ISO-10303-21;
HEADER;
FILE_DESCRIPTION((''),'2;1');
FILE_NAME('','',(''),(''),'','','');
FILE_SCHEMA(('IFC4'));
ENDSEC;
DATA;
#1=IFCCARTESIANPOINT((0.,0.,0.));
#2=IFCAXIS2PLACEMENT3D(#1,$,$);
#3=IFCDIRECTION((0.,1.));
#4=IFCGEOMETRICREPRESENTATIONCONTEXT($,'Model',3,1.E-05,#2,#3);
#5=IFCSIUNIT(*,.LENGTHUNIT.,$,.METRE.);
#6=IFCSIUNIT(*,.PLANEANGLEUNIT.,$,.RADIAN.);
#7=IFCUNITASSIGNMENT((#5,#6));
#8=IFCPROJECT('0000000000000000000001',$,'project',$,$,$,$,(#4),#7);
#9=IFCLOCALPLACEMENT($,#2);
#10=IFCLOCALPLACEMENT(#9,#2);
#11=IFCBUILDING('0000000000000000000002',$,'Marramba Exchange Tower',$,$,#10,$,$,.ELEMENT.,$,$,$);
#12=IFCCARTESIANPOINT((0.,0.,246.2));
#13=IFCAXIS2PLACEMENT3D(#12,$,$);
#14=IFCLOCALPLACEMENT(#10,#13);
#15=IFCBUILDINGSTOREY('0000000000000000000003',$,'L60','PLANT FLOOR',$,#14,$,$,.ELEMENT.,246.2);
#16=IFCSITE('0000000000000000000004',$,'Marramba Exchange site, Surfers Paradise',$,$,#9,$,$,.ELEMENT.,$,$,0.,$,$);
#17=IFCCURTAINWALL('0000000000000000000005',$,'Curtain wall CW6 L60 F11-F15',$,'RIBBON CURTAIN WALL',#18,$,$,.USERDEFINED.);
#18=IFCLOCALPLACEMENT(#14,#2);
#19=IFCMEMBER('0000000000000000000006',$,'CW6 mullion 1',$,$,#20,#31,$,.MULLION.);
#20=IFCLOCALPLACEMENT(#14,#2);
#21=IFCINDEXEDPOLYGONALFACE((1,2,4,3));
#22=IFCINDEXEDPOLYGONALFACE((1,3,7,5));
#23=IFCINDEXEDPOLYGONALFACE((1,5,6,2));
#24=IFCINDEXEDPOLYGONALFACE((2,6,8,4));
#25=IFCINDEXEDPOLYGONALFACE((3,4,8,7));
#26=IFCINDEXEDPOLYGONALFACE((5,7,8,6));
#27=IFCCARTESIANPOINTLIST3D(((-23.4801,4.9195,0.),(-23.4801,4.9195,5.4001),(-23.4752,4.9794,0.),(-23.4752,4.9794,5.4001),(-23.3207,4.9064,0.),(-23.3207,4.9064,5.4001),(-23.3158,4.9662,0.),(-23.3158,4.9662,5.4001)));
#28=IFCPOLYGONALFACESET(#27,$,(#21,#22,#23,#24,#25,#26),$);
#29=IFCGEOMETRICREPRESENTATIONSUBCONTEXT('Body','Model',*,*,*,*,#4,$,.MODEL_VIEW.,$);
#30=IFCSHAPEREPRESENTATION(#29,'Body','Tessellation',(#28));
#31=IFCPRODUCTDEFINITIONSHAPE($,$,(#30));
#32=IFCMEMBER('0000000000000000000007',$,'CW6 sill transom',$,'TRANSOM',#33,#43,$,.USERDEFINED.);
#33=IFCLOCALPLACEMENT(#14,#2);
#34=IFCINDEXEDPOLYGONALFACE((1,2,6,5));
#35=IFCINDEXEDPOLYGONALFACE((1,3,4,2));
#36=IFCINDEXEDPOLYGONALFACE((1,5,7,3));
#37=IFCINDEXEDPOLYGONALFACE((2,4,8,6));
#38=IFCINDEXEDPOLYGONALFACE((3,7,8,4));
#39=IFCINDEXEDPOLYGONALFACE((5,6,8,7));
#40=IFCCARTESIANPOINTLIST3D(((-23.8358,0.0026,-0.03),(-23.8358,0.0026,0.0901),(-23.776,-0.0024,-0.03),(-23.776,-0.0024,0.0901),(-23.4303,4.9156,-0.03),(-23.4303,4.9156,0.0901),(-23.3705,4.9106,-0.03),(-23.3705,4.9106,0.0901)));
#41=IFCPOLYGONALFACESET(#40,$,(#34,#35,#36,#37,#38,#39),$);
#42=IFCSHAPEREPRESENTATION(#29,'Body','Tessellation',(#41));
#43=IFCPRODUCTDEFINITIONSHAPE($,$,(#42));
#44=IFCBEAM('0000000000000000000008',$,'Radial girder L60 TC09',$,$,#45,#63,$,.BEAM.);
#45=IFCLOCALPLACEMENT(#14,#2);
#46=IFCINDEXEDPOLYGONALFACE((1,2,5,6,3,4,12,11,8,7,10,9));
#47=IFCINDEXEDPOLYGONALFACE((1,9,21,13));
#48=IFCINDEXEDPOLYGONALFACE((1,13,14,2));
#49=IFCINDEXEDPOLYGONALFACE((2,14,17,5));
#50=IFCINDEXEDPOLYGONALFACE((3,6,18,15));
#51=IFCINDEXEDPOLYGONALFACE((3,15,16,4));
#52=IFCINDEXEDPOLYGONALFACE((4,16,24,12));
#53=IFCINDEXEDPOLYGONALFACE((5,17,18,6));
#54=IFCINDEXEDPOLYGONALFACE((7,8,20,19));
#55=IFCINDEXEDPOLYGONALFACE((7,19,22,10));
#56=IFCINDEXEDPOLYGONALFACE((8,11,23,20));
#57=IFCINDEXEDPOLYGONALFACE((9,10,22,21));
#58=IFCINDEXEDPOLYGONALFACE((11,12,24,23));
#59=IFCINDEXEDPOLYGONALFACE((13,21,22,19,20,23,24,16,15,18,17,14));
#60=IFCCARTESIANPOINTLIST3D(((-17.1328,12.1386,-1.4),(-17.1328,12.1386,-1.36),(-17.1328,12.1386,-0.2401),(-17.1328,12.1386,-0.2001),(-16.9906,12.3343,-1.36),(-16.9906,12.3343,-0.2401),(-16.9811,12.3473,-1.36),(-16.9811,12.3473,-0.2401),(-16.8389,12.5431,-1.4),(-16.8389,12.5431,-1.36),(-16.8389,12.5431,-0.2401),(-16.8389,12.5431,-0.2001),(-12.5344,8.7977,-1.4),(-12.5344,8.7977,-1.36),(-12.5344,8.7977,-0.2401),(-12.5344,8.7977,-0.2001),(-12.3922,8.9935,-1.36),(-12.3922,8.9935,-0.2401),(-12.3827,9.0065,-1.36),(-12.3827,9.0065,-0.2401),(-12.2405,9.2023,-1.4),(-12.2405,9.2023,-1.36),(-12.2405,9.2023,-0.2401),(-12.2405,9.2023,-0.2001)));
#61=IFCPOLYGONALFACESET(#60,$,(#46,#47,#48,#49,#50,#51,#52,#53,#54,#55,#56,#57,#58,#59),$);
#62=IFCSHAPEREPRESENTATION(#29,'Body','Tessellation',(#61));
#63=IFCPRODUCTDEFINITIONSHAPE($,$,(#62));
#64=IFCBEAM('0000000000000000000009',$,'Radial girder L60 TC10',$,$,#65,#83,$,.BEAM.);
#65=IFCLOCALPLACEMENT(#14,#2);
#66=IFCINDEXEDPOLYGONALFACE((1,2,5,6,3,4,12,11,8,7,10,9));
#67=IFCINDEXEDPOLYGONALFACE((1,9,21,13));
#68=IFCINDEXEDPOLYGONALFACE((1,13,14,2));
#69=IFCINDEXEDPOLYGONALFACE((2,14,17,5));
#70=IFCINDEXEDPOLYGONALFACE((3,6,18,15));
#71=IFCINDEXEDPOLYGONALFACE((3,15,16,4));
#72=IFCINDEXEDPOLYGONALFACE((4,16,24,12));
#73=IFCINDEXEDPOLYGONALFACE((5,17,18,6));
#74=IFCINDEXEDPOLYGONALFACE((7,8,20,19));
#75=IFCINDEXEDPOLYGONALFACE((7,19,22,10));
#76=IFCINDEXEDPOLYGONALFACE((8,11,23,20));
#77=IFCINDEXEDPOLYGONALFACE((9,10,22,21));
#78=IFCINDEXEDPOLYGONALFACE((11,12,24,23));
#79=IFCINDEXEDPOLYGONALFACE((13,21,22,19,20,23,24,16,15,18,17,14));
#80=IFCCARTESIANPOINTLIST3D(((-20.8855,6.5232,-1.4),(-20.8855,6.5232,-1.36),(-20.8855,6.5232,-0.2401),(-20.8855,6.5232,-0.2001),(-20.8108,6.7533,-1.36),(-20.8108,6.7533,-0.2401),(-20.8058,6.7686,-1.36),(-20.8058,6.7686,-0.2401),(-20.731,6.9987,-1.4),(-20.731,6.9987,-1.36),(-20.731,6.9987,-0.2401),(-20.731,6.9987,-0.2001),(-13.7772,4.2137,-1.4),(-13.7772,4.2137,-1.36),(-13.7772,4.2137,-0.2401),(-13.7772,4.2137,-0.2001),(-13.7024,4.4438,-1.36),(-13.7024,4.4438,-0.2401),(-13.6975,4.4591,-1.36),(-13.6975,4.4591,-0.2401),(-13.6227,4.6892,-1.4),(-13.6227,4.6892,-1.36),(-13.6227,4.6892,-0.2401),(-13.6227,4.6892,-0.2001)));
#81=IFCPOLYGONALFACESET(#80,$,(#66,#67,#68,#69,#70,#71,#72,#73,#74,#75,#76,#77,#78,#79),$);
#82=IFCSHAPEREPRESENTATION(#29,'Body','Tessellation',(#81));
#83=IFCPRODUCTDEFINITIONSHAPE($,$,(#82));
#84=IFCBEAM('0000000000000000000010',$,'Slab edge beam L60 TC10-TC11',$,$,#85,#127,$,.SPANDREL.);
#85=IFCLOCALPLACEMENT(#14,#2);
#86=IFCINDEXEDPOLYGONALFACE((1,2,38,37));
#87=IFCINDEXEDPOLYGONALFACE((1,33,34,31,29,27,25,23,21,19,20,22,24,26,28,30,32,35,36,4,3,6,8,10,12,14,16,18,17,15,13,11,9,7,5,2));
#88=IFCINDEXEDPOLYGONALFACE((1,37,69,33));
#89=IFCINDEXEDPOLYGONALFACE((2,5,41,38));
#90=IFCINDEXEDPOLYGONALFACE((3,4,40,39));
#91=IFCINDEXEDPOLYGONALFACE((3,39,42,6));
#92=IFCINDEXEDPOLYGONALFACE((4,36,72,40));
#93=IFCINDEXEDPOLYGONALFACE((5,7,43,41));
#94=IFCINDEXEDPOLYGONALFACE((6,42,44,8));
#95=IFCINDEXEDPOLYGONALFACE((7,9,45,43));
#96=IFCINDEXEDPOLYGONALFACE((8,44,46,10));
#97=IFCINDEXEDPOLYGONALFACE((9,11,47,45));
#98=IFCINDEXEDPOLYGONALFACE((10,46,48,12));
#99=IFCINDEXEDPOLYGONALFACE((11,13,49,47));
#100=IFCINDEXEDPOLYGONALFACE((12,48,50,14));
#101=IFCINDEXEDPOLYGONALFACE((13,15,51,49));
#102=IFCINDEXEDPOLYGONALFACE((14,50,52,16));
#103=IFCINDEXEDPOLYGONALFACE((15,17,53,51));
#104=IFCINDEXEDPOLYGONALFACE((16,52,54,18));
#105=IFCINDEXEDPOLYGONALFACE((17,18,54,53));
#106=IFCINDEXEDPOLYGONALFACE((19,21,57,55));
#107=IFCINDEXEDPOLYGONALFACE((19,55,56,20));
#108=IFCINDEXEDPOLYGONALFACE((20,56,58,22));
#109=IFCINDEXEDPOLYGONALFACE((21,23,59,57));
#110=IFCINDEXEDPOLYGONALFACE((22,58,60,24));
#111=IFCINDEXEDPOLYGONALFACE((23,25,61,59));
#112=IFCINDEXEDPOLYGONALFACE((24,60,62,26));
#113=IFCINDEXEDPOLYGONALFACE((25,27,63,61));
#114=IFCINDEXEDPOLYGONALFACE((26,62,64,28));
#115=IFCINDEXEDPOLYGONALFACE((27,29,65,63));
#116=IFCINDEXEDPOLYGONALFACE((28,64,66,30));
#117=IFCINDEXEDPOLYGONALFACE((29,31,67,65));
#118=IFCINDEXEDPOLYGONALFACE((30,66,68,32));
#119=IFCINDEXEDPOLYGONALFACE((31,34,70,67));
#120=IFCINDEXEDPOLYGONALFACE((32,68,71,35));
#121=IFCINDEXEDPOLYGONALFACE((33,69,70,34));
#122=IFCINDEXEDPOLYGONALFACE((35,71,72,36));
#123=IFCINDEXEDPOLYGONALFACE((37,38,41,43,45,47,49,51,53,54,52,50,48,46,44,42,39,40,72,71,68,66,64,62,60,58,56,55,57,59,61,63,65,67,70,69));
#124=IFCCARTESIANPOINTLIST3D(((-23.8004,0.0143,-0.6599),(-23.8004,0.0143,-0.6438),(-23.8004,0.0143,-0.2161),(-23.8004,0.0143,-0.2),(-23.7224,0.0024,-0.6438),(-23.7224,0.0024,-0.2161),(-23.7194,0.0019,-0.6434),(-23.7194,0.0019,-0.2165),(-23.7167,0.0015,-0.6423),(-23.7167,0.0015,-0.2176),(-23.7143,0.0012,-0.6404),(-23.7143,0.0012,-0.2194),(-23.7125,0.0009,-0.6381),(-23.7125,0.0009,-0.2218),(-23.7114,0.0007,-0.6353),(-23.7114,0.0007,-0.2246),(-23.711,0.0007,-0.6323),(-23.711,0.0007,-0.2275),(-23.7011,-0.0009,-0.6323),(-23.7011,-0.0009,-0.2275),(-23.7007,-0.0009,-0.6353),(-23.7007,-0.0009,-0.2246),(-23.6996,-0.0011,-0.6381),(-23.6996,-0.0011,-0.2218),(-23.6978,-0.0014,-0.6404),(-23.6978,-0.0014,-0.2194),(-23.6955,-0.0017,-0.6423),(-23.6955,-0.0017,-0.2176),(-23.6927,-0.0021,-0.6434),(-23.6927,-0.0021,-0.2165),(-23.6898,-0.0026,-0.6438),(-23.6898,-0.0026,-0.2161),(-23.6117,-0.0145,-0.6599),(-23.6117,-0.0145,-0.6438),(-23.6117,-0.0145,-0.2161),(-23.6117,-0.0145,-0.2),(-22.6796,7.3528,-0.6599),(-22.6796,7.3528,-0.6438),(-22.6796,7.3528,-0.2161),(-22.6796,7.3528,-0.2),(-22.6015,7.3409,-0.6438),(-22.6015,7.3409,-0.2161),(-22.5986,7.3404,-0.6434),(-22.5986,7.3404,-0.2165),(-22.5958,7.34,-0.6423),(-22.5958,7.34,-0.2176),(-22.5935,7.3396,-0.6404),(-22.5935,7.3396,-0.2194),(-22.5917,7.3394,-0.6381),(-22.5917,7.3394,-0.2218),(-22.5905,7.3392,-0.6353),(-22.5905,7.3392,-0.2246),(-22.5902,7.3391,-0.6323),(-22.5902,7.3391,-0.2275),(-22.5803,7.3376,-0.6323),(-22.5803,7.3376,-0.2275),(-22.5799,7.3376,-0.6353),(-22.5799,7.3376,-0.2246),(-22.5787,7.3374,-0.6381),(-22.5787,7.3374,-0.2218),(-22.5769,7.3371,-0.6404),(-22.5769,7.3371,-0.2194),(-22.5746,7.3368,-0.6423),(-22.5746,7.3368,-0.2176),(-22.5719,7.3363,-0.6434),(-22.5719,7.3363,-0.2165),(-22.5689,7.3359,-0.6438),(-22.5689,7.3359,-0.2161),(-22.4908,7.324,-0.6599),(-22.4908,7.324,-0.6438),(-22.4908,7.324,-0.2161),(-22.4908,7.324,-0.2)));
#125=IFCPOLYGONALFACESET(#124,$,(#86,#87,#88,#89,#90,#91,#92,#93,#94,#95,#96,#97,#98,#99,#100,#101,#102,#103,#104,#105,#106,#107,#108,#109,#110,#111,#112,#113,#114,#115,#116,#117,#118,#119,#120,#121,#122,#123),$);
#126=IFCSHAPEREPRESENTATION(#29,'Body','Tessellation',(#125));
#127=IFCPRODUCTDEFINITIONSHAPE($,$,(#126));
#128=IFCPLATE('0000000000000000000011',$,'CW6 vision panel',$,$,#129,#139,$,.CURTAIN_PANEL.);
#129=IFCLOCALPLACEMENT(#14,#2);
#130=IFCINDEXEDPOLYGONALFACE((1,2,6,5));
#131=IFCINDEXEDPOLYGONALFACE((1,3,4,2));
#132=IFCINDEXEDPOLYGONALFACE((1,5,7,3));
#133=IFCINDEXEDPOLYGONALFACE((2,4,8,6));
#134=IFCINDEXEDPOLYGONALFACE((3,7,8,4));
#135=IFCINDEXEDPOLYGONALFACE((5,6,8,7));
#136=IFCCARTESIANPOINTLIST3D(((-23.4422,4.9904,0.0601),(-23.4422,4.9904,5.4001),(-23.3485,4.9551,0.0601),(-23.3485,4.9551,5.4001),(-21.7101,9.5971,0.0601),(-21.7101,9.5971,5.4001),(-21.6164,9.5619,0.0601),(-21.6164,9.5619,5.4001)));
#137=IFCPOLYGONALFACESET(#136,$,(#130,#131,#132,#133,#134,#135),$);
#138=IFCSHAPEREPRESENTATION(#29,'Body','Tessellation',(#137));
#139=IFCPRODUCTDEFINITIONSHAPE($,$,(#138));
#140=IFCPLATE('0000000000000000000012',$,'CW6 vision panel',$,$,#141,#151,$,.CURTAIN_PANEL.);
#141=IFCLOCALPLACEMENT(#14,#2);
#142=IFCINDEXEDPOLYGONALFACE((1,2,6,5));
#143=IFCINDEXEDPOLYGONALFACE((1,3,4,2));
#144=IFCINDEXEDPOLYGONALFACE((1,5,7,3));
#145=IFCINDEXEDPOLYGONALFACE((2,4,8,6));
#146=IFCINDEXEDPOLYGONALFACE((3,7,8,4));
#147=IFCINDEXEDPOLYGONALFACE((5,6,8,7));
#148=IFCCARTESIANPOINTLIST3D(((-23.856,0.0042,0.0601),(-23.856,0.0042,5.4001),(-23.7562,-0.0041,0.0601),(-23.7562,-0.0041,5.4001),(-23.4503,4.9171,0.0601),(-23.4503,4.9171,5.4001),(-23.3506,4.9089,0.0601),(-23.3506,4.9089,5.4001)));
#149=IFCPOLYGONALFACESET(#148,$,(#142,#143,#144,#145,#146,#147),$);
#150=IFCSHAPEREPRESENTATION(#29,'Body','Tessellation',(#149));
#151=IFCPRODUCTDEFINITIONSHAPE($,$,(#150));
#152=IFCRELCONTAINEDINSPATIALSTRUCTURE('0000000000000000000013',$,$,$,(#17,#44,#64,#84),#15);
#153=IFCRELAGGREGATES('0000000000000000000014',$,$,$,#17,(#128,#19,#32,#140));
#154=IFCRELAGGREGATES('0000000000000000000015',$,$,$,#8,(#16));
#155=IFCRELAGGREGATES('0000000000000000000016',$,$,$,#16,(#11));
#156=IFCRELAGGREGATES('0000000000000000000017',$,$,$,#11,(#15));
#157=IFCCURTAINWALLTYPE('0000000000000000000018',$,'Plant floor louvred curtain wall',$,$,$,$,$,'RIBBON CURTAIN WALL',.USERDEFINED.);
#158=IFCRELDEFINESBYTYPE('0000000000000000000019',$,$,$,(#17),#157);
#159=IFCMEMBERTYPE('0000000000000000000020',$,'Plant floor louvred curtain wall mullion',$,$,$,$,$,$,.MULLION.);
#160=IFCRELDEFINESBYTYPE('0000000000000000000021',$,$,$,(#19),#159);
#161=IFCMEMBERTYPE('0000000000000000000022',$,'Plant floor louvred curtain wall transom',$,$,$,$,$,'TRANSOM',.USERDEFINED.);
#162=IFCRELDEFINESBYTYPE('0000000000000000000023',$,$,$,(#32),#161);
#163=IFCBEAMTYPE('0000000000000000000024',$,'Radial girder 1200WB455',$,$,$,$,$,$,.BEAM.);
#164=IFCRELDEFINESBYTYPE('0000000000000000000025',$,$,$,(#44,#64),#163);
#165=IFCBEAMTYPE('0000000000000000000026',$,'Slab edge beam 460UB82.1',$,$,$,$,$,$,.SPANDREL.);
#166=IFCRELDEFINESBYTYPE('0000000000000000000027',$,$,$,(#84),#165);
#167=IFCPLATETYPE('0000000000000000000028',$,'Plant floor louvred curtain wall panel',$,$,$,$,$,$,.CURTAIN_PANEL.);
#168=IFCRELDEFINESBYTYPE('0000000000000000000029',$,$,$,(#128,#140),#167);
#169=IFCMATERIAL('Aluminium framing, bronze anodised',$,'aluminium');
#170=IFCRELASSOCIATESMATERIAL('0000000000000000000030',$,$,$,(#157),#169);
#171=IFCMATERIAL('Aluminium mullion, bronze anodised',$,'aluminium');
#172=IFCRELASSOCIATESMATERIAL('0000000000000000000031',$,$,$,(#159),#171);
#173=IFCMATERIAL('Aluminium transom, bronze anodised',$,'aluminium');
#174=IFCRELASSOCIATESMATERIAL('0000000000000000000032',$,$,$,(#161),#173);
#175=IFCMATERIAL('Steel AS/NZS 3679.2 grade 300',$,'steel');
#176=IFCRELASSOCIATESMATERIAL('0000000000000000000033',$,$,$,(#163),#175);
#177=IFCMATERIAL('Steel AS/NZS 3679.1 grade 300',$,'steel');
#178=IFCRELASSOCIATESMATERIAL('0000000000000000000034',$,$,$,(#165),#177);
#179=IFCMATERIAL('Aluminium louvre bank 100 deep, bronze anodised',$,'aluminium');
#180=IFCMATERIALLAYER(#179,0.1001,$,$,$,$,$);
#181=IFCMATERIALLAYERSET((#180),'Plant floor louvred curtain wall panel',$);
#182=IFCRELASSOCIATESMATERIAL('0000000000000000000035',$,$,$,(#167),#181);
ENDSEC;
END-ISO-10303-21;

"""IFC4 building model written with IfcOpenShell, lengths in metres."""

from ifc_helpers import new_model, si_unit, direction, frame, origin, origin_2d, place, context, subcontext, project, spatial, rectangle, i_section, extrude, material, layer, layer_set, material_profile, profile_set, type_object, element, aggregate, save


model = new_model("IFC4")

# Units and contexts
model_context = context("Model", 3, precision=1e-05, world=origin(), true_north=direction((0.0, 1.0)))
body_context = subcontext(model_context, "Body", "Model", "MODEL_VIEW")
ifc_project = project(units=[si_unit("LENGTHUNIT", "METRE"), si_unit("PLANEANGLEUNIT", "RADIAN")], contexts=[model_context])

# Site, building, storey
site_placement = place(None, origin())
site = spatial("IfcSite", under=ifc_project, at=site_placement, Name="Marramba Exchange site, Surfers Paradise", CompositionType="ELEMENT", RefElevation=0.0)
building_placement = place(site_placement, origin())
building = spatial("IfcBuilding", under=site, at=building_placement, Name="Marramba Exchange Tower", CompositionType="ELEMENT")
storey_placement = place(building_placement, frame((0.0, 0.0, 246.2)))
storey = spatial("IfcBuildingStorey", under=building, at=storey_placement, Name="L60", Description="PLANT FLOOR", CompositionType="ELEMENT", Elevation=246.2)

# Shared definitions
ifc_material_1 = material(Name="Steel AS/NZS 3679.2 grade 300", Category="steel")

# Shared definitions
ifc_material_2 = material(Name="Steel AS/NZS 3679.1 grade 300", Category="steel")

# Curtain wall, members
ifc_material_3 = material(Name="Aluminium framing, bronze anodised", Category="aluminium")
curtain_wall_type = type_object("IfcCurtainWallType", Name="Plant floor louvred curtain wall", ElementType="RIBBON CURTAIN WALL", PredefinedType="USERDEFINED", material=ifc_material_3)
curtain_wall_placement = place(storey_placement, origin())
curtain_wall = element("IfcCurtainWall", 1, at=curtain_wall_placement, inside=storey, type_object=curtain_wall_type, Name="Curtain wall CW6 L60 F11-F15", ObjectType="RIBBON CURTAIN WALL", PredefinedType="USERDEFINED")
ifc_material_4 = material(Name="Aluminium mullion, bronze anodised", Category="aluminium")
ifc_material_profile_1 = material_profile(ifc_material_4, rectangle(XDim=0.1599, YDim=0.0601, at=origin_2d()), Name="CW6 mullion 60x160")
ifc_profile_set_1 = profile_set([ifc_material_profile_1], Name="Aluminium mullion, bronze anodised")
member_type_1 = type_object("IfcMemberType", Name="Plant floor louvred curtain wall mullion", PredefinedType="MULLION", material=ifc_profile_set_1)
member_1_placement = place(storey_placement, frame((-23.3979, 4.9429, 0.0), z_axis=(0.0, 0.0, 1.0), x_axis=(0.996609, -0.082281, 0.0)))
member_1 = element("IfcMember", 2, at=member_1_placement, type_object=member_type_1, Name="CW6 mullion 1", PredefinedType="MULLION", context=body_context, shape_type="SweptSolid", body=[
    extrude(rectangle(XDim=0.1599, YDim=0.0601, at=origin_2d()), origin(), (0.0, 0.0, 1.0), 5.4001),
])
ifc_material_5 = material(Name="Aluminium transom, bronze anodised", Category="aluminium")
ifc_material_profile_2 = material_profile(ifc_material_5, rectangle(XDim=0.0601, YDim=0.1201, at=origin_2d()), Name="CW6 transom 60x120")
ifc_profile_set_2 = profile_set([ifc_material_profile_2], Name="Aluminium transom, bronze anodised")
member_type_2 = type_object("IfcMemberType", Name="Plant floor louvred curtain wall transom", ElementType="TRANSOM", PredefinedType="USERDEFINED", material=ifc_profile_set_2)
member_2_placement = place(storey_placement, frame((-23.4004, 4.9131, 0.03), z_axis=(-0.082259, -0.996611, 0.0), x_axis=(0.996611, -0.082259, 0.0)))
member_2 = element("IfcMember", 3, at=member_2_placement, type_object=member_type_2, Name="CW6 sill transom", ObjectType="TRANSOM", PredefinedType="USERDEFINED", context=body_context, shape_type="SweptSolid", body=[
    extrude(rectangle(XDim=0.0601, YDim=0.1201, at=origin_2d()), origin(), (0.0, 0.0, 1.0), 4.9297),
])

# Beams
ifc_material_profile_3 = material_profile(ifc_material_1, i_section(OverallWidth=0.5, OverallDepth=1.2, WebThickness=0.0161, FlangeThickness=0.04, at=origin_2d()), Name="1200WB455")
ifc_profile_set_3 = profile_set([ifc_material_profile_3], Name="Steel AS/NZS 3679.2 grade 300")
beam_type_1 = type_object("IfcBeamType", Name="Radial girder 1200WB455", PredefinedType="BEAM", material=ifc_profile_set_3)
beam_1_placement = place(storey_placement, frame((-12.3875, 9.0, -0.8), z_axis=(-0.809026, 0.587773, 0.0), x_axis=(-0.587773, -0.809026, 0.0)))
element("IfcBeam", 4, at=beam_1_placement, inside=storey, type_object=beam_type_1, Name="Radial girder L60 TC09", PredefinedType="BEAM", context=body_context, shape_type="SweptSolid", body=[
    extrude(i_section(OverallWidth=0.5, OverallDepth=1.2, WebThickness=0.0161, FlangeThickness=0.04, at=origin_2d()), origin(), (0.0, 0.0, 1.0), 5.6838),
])
beam_2_placement = place(storey_placement, frame((-13.7, 4.4514, -0.8), z_axis=(-0.95106, 0.309006, 0.0), x_axis=(-0.309006, -0.95106, 0.0)))
element("IfcBeam", 5, at=beam_2_placement, inside=storey, type_object=beam_type_1, Name="Radial girder L60 TC10", PredefinedType="BEAM", context=body_context, shape_type="SweptSolid", body=[
    extrude(i_section(OverallWidth=0.5, OverallDepth=1.2, WebThickness=0.0161, FlangeThickness=0.04, at=origin_2d()), origin(), (0.0, 0.0, 1.0), 7.4741),
])
ifc_material_profile_4 = material_profile(ifc_material_2, i_section(OverallWidth=0.1909, OverallDepth=0.46, WebThickness=0.01, FlangeThickness=0.0161, FilletRadius=0.0115, at=origin_2d()), Name="460UB82.1")
ifc_profile_set_4 = profile_set([ifc_material_profile_4], Name="Steel AS/NZS 3679.1 grade 300")
beam_type_2 = type_object("IfcBeamType", Name="Slab edge beam 460UB82.1", PredefinedType="SPANDREL", material=ifc_profile_set_4)
beam_3_placement = place(storey_placement, frame((-22.5852, 7.3384, -0.4299), z_axis=(-0.150987, -0.988536, 0.0), x_axis=(0.988536, -0.150987, 0.0)))
element("IfcBeam", 6, at=beam_3_placement, inside=storey, type_object=beam_type_2, Name="Slab edge beam L60 TC10-TC11", PredefinedType="SPANDREL", context=body_context, shape_type="SweptSolid", body=[
    extrude(i_section(OverallWidth=0.1909, OverallDepth=0.46, WebThickness=0.01, FlangeThickness=0.0161, FilletRadius=0.0115, at=origin_2d()), origin(), (0.0, 0.0, 1.0), 7.4236),
])

# Plates
ifc_material_6 = material(Name="Aluminium louvre bank 100 deep, bronze anodised", Category="aluminium")
ifc_layer_1 = layer(ifc_material_6, 0.1001)
ifc_layer_set_1 = layer_set([ifc_layer_1], Name="Plant floor louvred curtain wall panel")
plate_type = type_object("IfcPlateType", Name="Plant floor louvred curtain wall panel", PredefinedType="CURTAIN_PANEL", material=ifc_layer_set_1)
plate_1_placement = place(storey_placement, frame((-22.5293, 7.2761, 0.0601), z_axis=(0.0, 0.0, 1.0), x_axis=(-0.351952, -0.936018, 0.0)))
plate_1 = element("IfcPlate", 7, at=plate_1_placement, type_object=plate_type, Name="CW6 vision panel", PredefinedType="CURTAIN_PANEL", context=body_context, shape_type="SweptSolid", body=[
    extrude(rectangle(XDim=4.9216, YDim=0.1001, at=origin_2d()), origin(), (0.0, 0.0, 1.0), 5.3401),
])
plate_2_placement = place(storey_placement, frame((-23.6033, 2.4565, 0.0601), z_axis=(0.0, 0.0, 1.0), x_axis=(-0.082281, -0.996609, 0.0)))
plate_2 = element("IfcPlate", 8, at=plate_2_placement, type_object=plate_type, Name="CW6 vision panel", PredefinedType="CURTAIN_PANEL", context=body_context, shape_type="SweptSolid", body=[
    extrude(rectangle(XDim=4.9297, YDim=0.1001, at=origin_2d()), origin(), (0.0, 0.0, 1.0), 5.3401),
])
aggregate(curtain_wall, [plate_1, member_1, member_2, plate_2])

save(model, "model.ifc")
